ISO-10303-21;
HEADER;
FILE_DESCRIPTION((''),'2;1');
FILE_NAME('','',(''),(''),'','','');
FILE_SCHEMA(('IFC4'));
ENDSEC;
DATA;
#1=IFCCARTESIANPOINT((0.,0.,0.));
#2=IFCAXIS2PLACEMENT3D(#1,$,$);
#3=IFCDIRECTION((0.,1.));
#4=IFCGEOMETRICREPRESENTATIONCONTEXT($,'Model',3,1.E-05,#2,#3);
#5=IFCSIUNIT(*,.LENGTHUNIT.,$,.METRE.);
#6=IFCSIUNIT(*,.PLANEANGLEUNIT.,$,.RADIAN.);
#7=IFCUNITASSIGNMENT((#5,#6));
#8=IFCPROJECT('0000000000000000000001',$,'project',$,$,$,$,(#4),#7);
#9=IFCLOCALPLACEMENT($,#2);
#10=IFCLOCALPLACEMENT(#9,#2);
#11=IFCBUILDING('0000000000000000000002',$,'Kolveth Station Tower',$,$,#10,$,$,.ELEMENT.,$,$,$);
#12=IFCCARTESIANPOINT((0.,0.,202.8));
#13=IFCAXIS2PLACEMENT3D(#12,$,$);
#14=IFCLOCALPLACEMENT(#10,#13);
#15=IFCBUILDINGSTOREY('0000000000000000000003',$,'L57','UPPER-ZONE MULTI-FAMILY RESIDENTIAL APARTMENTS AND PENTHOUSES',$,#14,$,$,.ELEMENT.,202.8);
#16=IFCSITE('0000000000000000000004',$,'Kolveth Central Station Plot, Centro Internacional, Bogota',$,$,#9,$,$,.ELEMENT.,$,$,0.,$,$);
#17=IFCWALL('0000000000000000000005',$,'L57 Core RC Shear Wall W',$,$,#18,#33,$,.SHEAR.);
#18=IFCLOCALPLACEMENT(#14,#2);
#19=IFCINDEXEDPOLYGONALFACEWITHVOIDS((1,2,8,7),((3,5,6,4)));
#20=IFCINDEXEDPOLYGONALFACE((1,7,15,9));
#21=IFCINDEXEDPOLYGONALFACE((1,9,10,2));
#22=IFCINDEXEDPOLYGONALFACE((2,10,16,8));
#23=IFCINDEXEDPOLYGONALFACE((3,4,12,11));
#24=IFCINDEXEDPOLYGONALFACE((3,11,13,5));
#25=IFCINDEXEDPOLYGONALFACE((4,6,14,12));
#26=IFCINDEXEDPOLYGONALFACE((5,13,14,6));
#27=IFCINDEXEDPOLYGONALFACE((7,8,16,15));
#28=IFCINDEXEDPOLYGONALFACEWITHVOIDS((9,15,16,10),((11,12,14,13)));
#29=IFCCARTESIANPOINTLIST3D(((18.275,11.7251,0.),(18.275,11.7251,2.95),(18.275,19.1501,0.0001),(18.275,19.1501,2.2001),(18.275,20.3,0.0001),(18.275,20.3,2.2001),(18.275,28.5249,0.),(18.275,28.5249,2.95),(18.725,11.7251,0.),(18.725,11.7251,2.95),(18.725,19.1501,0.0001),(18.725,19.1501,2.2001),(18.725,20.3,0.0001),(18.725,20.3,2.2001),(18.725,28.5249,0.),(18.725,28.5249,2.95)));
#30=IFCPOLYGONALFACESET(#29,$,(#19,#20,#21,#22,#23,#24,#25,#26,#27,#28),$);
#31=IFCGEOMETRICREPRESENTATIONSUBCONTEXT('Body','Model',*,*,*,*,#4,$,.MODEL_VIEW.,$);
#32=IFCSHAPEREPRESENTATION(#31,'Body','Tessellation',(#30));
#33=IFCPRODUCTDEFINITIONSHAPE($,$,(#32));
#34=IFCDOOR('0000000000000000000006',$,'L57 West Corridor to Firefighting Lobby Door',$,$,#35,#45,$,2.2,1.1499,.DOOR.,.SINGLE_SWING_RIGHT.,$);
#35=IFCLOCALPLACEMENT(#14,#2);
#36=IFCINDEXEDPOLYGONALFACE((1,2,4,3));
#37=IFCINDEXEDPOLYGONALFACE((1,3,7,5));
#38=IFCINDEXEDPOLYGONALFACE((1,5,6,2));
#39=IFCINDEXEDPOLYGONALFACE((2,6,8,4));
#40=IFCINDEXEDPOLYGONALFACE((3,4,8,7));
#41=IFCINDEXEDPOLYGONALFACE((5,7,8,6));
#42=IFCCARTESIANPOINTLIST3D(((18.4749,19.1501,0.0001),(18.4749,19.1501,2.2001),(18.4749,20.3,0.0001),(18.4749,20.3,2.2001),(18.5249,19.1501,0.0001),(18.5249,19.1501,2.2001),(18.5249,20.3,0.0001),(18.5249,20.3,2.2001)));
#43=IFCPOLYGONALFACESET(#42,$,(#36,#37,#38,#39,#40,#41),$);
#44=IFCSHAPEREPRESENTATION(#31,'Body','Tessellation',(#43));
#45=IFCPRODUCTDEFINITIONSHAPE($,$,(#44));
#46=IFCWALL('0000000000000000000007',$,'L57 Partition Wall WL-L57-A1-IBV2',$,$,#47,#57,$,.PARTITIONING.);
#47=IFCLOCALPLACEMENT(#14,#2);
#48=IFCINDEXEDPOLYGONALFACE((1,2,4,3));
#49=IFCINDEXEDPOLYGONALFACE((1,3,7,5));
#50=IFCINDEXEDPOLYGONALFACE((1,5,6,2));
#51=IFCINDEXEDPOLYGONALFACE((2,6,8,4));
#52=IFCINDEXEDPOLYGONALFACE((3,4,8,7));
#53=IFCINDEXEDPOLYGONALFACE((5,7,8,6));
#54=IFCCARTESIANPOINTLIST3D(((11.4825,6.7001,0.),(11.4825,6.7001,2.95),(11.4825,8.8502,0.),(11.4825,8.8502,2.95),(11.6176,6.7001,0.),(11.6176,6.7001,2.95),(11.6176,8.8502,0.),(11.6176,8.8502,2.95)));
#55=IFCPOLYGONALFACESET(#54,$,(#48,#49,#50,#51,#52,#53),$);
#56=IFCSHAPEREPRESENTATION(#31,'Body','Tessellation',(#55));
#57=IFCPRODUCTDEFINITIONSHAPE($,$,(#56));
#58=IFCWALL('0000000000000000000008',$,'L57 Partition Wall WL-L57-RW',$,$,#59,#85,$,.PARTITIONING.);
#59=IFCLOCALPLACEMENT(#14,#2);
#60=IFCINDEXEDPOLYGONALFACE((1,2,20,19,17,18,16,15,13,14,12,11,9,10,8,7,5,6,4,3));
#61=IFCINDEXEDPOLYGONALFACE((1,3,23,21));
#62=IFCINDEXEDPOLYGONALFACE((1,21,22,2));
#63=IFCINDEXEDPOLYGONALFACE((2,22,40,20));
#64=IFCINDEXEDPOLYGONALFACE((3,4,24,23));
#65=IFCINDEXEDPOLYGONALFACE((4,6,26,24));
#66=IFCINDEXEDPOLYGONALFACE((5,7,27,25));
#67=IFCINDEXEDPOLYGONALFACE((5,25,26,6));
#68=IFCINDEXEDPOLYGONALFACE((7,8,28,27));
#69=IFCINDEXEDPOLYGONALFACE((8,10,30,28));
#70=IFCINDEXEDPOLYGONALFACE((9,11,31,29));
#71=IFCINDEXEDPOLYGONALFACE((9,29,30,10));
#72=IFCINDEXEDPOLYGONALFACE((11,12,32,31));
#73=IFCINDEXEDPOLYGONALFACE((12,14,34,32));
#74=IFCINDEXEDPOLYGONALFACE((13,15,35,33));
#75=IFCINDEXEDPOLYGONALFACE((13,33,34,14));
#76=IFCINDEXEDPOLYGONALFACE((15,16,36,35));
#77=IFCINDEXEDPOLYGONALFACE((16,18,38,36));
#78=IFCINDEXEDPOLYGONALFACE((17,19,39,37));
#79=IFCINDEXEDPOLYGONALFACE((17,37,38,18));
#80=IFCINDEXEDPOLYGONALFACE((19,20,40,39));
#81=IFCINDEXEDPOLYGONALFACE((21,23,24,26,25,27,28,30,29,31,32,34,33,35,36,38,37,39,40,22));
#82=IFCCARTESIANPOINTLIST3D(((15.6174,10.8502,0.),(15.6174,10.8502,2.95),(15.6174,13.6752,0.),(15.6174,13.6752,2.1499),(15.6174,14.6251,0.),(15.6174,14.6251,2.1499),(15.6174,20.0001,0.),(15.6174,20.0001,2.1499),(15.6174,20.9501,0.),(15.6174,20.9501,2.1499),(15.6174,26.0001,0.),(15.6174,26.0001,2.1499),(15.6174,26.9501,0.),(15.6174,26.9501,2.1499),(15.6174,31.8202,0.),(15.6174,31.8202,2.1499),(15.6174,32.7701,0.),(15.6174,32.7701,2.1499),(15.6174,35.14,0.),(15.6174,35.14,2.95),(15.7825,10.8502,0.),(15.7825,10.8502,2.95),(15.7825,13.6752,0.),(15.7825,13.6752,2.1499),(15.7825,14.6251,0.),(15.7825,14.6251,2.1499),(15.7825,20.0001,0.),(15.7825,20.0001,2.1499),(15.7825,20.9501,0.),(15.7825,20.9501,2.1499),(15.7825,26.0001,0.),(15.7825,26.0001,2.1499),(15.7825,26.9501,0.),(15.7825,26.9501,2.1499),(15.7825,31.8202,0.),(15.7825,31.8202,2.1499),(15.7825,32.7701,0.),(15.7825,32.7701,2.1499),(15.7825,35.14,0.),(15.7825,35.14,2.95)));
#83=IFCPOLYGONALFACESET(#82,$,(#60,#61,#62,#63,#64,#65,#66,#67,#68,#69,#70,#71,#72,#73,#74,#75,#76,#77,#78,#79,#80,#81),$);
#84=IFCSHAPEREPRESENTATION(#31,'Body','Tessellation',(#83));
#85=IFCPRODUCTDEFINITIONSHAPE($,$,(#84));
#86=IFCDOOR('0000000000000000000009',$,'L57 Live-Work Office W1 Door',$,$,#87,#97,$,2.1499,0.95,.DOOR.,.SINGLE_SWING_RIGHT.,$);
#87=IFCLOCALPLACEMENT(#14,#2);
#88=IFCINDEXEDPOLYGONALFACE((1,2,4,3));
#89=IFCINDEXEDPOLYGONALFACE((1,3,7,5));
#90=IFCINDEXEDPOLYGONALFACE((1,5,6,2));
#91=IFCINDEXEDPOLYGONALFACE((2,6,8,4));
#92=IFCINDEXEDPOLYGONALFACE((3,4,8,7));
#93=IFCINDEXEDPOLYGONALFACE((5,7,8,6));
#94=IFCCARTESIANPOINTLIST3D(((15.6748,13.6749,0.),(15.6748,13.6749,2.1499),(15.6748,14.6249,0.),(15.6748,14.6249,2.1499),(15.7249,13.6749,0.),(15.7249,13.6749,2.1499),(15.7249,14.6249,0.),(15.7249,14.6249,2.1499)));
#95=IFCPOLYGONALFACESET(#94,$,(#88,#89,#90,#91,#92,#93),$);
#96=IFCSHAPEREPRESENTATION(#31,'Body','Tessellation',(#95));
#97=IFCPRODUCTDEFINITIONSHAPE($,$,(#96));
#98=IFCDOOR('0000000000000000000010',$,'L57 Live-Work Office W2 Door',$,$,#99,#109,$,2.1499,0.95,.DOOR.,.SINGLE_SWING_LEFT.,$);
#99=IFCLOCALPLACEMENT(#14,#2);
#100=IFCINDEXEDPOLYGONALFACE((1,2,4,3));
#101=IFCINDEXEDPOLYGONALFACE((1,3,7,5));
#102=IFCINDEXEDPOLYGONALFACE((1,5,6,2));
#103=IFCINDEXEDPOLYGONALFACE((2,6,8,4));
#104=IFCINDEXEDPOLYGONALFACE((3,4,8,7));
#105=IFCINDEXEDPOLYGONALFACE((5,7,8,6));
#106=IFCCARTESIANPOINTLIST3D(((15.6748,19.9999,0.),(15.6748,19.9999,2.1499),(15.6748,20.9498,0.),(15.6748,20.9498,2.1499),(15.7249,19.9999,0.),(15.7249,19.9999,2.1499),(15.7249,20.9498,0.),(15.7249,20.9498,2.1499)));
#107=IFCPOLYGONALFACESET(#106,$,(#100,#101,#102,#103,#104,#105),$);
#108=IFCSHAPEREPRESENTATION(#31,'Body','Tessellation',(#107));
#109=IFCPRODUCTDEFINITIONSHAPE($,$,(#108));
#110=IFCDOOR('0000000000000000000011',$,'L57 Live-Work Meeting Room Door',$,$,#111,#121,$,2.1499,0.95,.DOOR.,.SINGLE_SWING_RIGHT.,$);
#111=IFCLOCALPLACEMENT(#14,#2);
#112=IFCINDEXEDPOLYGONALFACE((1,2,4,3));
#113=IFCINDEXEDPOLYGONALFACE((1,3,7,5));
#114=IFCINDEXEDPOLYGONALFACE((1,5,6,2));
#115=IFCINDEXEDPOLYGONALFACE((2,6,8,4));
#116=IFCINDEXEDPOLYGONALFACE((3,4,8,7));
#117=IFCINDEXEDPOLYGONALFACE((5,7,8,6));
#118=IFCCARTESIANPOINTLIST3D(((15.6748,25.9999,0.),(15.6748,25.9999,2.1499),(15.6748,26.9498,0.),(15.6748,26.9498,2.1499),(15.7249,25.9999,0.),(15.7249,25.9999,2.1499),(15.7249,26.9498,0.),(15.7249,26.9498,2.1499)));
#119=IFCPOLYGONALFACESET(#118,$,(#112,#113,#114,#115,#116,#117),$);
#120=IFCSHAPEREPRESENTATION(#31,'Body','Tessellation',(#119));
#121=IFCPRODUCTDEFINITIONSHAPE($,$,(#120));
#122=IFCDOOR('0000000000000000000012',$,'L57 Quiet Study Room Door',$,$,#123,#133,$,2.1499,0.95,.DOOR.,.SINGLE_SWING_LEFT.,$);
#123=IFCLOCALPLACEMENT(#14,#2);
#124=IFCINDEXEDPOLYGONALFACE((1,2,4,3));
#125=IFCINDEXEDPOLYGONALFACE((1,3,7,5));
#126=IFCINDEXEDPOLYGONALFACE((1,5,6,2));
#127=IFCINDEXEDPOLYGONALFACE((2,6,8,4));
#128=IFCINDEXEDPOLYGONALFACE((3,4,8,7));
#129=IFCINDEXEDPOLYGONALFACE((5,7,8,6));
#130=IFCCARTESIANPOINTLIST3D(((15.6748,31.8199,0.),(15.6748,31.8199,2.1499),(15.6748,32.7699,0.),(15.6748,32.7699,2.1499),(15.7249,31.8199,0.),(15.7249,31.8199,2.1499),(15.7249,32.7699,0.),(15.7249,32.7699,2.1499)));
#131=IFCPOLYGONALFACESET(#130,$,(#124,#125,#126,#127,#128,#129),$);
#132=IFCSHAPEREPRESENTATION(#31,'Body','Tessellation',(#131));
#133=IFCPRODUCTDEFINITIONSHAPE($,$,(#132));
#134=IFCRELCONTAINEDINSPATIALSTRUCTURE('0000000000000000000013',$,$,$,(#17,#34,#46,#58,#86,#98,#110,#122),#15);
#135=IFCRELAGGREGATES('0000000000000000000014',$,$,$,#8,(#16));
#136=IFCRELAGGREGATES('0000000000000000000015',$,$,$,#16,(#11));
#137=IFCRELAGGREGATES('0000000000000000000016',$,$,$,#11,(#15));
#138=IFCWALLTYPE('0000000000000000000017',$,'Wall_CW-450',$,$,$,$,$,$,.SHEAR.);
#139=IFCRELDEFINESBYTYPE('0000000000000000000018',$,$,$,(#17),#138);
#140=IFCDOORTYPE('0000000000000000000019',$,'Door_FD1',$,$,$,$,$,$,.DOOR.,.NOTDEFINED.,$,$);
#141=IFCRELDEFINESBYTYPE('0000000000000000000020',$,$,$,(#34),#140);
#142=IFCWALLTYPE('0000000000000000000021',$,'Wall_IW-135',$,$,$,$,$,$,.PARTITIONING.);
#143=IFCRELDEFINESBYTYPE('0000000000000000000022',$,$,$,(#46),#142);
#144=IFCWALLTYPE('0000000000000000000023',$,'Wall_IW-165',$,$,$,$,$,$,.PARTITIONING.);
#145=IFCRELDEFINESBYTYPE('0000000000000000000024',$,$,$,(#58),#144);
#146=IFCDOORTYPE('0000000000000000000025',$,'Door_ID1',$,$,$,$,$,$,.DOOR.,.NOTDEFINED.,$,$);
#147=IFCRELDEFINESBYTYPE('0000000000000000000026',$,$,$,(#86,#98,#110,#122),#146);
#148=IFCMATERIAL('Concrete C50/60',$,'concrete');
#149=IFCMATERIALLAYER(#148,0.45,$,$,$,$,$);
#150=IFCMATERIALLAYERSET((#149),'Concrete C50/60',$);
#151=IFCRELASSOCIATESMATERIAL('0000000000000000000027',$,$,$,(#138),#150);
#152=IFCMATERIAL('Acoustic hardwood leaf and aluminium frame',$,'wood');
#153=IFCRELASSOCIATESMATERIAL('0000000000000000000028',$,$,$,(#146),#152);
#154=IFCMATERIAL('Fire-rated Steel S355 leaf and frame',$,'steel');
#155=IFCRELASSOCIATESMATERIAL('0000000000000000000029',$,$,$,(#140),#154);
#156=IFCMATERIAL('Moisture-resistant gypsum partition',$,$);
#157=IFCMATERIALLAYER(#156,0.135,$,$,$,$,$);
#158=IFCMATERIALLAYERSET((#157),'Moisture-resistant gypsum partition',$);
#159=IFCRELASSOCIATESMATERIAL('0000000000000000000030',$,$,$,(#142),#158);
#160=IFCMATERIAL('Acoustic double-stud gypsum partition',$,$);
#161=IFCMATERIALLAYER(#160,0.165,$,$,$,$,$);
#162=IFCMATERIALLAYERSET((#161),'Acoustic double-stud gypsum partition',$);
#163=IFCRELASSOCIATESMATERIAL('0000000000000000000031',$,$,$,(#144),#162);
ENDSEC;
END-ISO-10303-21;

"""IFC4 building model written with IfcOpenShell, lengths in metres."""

from ifc_helpers import new_model, si_unit, direction, frame, frame_2d, origin, place, context, subcontext, project, spatial, rectangle, extrude, material, layer, layer_set, type_object, element, fill, save


model = new_model("IFC4")

# Units and contexts
model_context = context("Model", 3, precision=1e-05, world=origin(), true_north=direction((0.0, 1.0)))
body_context = subcontext(model_context, "Body", "Model", "MODEL_VIEW")
ifc_project = project(units=[si_unit("LENGTHUNIT", "METRE"), si_unit("PLANEANGLEUNIT", "RADIAN")], contexts=[model_context])

# Site, building, storey
site_placement = place(None, origin())
site = spatial("IfcSite", under=ifc_project, at=site_placement, Name="Kolveth Central Station Plot, Centro Internacional, Bogota", CompositionType="ELEMENT", RefElevation=0.0)
building_placement = place(site_placement, origin())
building = spatial("IfcBuilding", under=site, at=building_placement, Name="Kolveth Station Tower", CompositionType="ELEMENT")
storey_placement = place(building_placement, frame((0.0, 0.0, 202.8)))
storey = spatial("IfcBuildingStorey", under=building, at=storey_placement, Name="L57", Description="UPPER-ZONE MULTI-FAMILY RESIDENTIAL APARTMENTS AND PENTHOUSES", CompositionType="ELEMENT", Elevation=202.8)

# Shared definitions
ifc_material_1 = material(Name="Concrete C50/60", Category="concrete")
ifc_layer_1 = layer(ifc_material_1, 0.45)
ifc_layer_set_1 = layer_set([ifc_layer_1], Name="Concrete C50/60")
wall_type_1 = type_object("IfcWallType", Name="Wall_CW-450", PredefinedType="SHEAR", material=ifc_layer_set_1)
ifc_material_2 = material(Name="Acoustic hardwood leaf and aluminium frame", Category="wood")
door_type_1 = type_object("IfcDoorType", Name="Door_ID1", OperationType="NOTDEFINED", PredefinedType="DOOR", material=ifc_material_2)

# Wall, opening, door
wall_1_placement = place(storey_placement, frame((18.5, 11.7251, 0.0), z_axis=(0.0, 0.0, 1.0), x_axis=(0.0, 1.0, 0.0)))
wall_1 = element("IfcWall", 1, at=wall_1_placement, inside=storey, type_object=wall_type_1, Name="L57 Core RC Shear Wall W", PredefinedType="SHEAR", context=body_context, shape_type="SweptSolid", body=[
    extrude(rectangle(XDim=16.7998, YDim=0.45, at=frame_2d((8.3999, 0.0))), origin(), (0.0, 0.0, 1.0), 2.95),
])
opening_1_placement = place(wall_1_placement, frame((7.425, 0.0, 0.0)))
opening_1 = element("IfcOpeningElement", 2, at=opening_1_placement, cuts=wall_1, PredefinedType="OPENING", context=body_context, shape_type="SweptSolid", body=[
    extrude(rectangle(XDim=1.1499, YDim=2.2, at=frame_2d((0.575, 1.1001))), frame((0.0, 0.2349, 0.0), z_axis=(0.0, -1.0, 0.0), x_axis=(1.0, 0.0, 0.0)), (0.0, 0.0, 1.0), 0.47),
])
ifc_material_3 = material(Name="Fire-rated Steel S355 leaf and frame", Category="steel")
door_type_2 = type_object("IfcDoorType", Name="Door_FD1", OperationType="NOTDEFINED", PredefinedType="DOOR", material=ifc_material_3)
door_1_placement = place(opening_1_placement, frame((1.1499, 0.0, 0.0), z_axis=(0.0, 0.0, 1.0), x_axis=(-1.0, 0.0, 0.0)))
door_1 = element("IfcDoor", 3, at=door_1_placement, inside=storey, type_object=door_type_2, Name="L57 West Corridor to Firefighting Lobby Door", OperationType="SINGLE_SWING_RIGHT", OverallHeight=2.2, OverallWidth=1.1499, PredefinedType="DOOR", context=body_context, shape_type="SweptSolid", body=[
    extrude(rectangle(XDim=1.1499, YDim=2.2, at=frame_2d((0.575, 1.1001))), frame((0.0, 0.0249, 0.0), z_axis=(0.0, -1.0, 0.0), x_axis=(1.0, 0.0, 0.0)), (0.0, 0.0, 1.0), 0.05),
])
fill(opening_1, door_1)

# Wall
ifc_material_4 = material(Name="Moisture-resistant gypsum partition")
ifc_layer_2 = layer(ifc_material_4, 0.135)
ifc_layer_set_2 = layer_set([ifc_layer_2], Name="Moisture-resistant gypsum partition")
wall_type_2 = type_object("IfcWallType", Name="Wall_IW-135", PredefinedType="PARTITIONING", material=ifc_layer_set_2)
wall_2_placement = place(storey_placement, frame((11.55, 6.7, 0.0), z_axis=(0.0, 0.0, 1.0), x_axis=(0.0, 1.0, 0.0)))
element("IfcWall", 4, at=wall_2_placement, inside=storey, type_object=wall_type_2, Name="L57 Partition Wall WL-L57-A1-IBV2", PredefinedType="PARTITIONING", context=body_context, shape_type="SweptSolid", body=[
    extrude(rectangle(XDim=2.1501, YDim=0.135, at=frame_2d((1.0752, 0.0))), origin(), (0.0, 0.0, 1.0), 2.95),
])

# Wall, openings, doors
ifc_material_5 = material(Name="Acoustic double-stud gypsum partition")
ifc_layer_3 = layer(ifc_material_5, 0.165)
ifc_layer_set_3 = layer_set([ifc_layer_3], Name="Acoustic double-stud gypsum partition")
wall_type_3 = type_object("IfcWallType", Name="Wall_IW-165", PredefinedType="PARTITIONING", material=ifc_layer_set_3)
wall_3_placement = place(storey_placement, frame((15.7, 10.8501, 0.0), z_axis=(0.0, 0.0, 1.0), x_axis=(0.0, 1.0, 0.0)))
wall_3 = element("IfcWall", 5, at=wall_3_placement, inside=storey, type_object=wall_type_3, Name="L57 Partition Wall WL-L57-RW", PredefinedType="PARTITIONING", context=body_context, shape_type="SweptSolid", body=[
    extrude(rectangle(XDim=24.2898, YDim=0.165, at=frame_2d((12.145, 0.0))), origin(), (0.0, 0.0, 1.0), 2.95),
])
opening_2_placement = place(wall_3_placement, frame((2.825, 0.0, 0.0)))
opening_2 = element("IfcOpeningElement", 6, at=opening_2_placement, cuts=wall_3, PredefinedType="OPENING", context=body_context, shape_type="SweptSolid", body=[
    extrude(rectangle(XDim=0.95, YDim=2.1499, at=frame_2d((0.4751, 1.075))), frame((0.0, 0.0925, 0.0), z_axis=(0.0, -1.0, 0.0), x_axis=(1.0, 0.0, 0.0)), (0.0, 0.0, 1.0), 0.1851),
])
opening_3_placement = place(wall_3_placement, frame((9.1499, 0.0, 0.0)))
opening_3 = element("IfcOpeningElement", 7, at=opening_3_placement, cuts=wall_3, PredefinedType="OPENING", context=body_context, shape_type="SweptSolid", body=[
    extrude(rectangle(XDim=0.95, YDim=2.1499, at=frame_2d((0.4751, 1.075))), frame((0.0, 0.0925, 0.0), z_axis=(0.0, -1.0, 0.0), x_axis=(1.0, 0.0, 0.0)), (0.0, 0.0, 1.0), 0.1851),
])
opening_4_placement = place(wall_3_placement, frame((15.1499, 0.0, 0.0)))
opening_4 = element("IfcOpeningElement", 8, at=opening_4_placement, cuts=wall_3, PredefinedType="OPENING", context=body_context, shape_type="SweptSolid", body=[
    extrude(rectangle(XDim=0.95, YDim=2.1499, at=frame_2d((0.4751, 1.075))), frame((0.0, 0.0925, 0.0), z_axis=(0.0, -1.0, 0.0), x_axis=(1.0, 0.0, 0.0)), (0.0, 0.0, 1.0), 0.1851),
])
opening_5_placement = place(wall_3_placement, frame((20.97, 0.0, 0.0)))
opening_5 = element("IfcOpeningElement", 9, at=opening_5_placement, cuts=wall_3, PredefinedType="OPENING", context=body_context, shape_type="SweptSolid", body=[
    extrude(rectangle(XDim=0.95, YDim=2.1499, at=frame_2d((0.4751, 1.075))), frame((0.0, 0.0925, 0.0), z_axis=(0.0, -1.0, 0.0), x_axis=(1.0, 0.0, 0.0)), (0.0, 0.0, 1.0), 0.1851),
])
door_2_placement = place(opening_2_placement, frame((0.95, 0.0, 0.0), z_axis=(0.0, 0.0, 1.0), x_axis=(-1.0, 0.0, 0.0)))
door_2 = element("IfcDoor", 10, at=door_2_placement, inside=storey, type_object=door_type_1, Name="L57 Live-Work Office W1 Door", OperationType="SINGLE_SWING_RIGHT", OverallHeight=2.1499, OverallWidth=0.95, PredefinedType="DOOR", context=body_context, shape_type="SweptSolid", body=[
    extrude(rectangle(XDim=0.95, YDim=2.1499, at=frame_2d((0.4751, 1.075))), frame((0.0, 0.0249, 0.0), z_axis=(0.0, -1.0, 0.0), x_axis=(1.0, 0.0, 0.0)), (0.0, 0.0, 1.0), 0.05),
])
fill(opening_2, door_2)
door_3_placement = place(opening_3_placement, frame((0.95, 0.0, 0.0), z_axis=(0.0, 0.0, 1.0), x_axis=(-1.0, 0.0, 0.0)))
door_3 = element("IfcDoor", 11, at=door_3_placement, inside=storey, type_object=door_type_1, Name="L57 Live-Work Office W2 Door", OperationType="SINGLE_SWING_LEFT", OverallHeight=2.1499, OverallWidth=0.95, PredefinedType="DOOR", context=body_context, shape_type="SweptSolid", body=[
    extrude(rectangle(XDim=0.95, YDim=2.1499, at=frame_2d((0.4751, 1.075))), frame((0.0, 0.0249, 0.0), z_axis=(0.0, -1.0, 0.0), x_axis=(1.0, 0.0, 0.0)), (0.0, 0.0, 1.0), 0.05),
])
fill(opening_3, door_3)
door_4_placement = place(opening_4_placement, frame((0.95, 0.0, 0.0), z_axis=(0.0, 0.0, 1.0), x_axis=(-1.0, 0.0, 0.0)))
door_4 = element("IfcDoor", 12, at=door_4_placement, inside=storey, type_object=door_type_1, Name="L57 Live-Work Meeting Room Door", OperationType="SINGLE_SWING_RIGHT", OverallHeight=2.1499, OverallWidth=0.95, PredefinedType="DOOR", context=body_context, shape_type="SweptSolid", body=[
    extrude(rectangle(XDim=0.95, YDim=2.1499, at=frame_2d((0.4751, 1.075))), frame((0.0, 0.0249, 0.0), z_axis=(0.0, -1.0, 0.0), x_axis=(1.0, 0.0, 0.0)), (0.0, 0.0, 1.0), 0.05),
])
fill(opening_4, door_4)
door_5_placement = place(opening_5_placement, frame((0.95, 0.0, 0.0), z_axis=(0.0, 0.0, 1.0), x_axis=(-1.0, 0.0, 0.0)))
door_5 = element("IfcDoor", 13, at=door_5_placement, inside=storey, type_object=door_type_1, Name="L57 Quiet Study Room Door", OperationType="SINGLE_SWING_LEFT", OverallHeight=2.1499, OverallWidth=0.95, PredefinedType="DOOR", context=body_context, shape_type="SweptSolid", body=[
    extrude(rectangle(XDim=0.95, YDim=2.1499, at=frame_2d((0.4751, 1.075))), frame((0.0, 0.0249, 0.0), z_axis=(0.0, -1.0, 0.0), x_axis=(1.0, 0.0, 0.0)), (0.0, 0.0, 1.0), 0.05),
])
fill(opening_5, door_5)

save(model, "model.ifc")
